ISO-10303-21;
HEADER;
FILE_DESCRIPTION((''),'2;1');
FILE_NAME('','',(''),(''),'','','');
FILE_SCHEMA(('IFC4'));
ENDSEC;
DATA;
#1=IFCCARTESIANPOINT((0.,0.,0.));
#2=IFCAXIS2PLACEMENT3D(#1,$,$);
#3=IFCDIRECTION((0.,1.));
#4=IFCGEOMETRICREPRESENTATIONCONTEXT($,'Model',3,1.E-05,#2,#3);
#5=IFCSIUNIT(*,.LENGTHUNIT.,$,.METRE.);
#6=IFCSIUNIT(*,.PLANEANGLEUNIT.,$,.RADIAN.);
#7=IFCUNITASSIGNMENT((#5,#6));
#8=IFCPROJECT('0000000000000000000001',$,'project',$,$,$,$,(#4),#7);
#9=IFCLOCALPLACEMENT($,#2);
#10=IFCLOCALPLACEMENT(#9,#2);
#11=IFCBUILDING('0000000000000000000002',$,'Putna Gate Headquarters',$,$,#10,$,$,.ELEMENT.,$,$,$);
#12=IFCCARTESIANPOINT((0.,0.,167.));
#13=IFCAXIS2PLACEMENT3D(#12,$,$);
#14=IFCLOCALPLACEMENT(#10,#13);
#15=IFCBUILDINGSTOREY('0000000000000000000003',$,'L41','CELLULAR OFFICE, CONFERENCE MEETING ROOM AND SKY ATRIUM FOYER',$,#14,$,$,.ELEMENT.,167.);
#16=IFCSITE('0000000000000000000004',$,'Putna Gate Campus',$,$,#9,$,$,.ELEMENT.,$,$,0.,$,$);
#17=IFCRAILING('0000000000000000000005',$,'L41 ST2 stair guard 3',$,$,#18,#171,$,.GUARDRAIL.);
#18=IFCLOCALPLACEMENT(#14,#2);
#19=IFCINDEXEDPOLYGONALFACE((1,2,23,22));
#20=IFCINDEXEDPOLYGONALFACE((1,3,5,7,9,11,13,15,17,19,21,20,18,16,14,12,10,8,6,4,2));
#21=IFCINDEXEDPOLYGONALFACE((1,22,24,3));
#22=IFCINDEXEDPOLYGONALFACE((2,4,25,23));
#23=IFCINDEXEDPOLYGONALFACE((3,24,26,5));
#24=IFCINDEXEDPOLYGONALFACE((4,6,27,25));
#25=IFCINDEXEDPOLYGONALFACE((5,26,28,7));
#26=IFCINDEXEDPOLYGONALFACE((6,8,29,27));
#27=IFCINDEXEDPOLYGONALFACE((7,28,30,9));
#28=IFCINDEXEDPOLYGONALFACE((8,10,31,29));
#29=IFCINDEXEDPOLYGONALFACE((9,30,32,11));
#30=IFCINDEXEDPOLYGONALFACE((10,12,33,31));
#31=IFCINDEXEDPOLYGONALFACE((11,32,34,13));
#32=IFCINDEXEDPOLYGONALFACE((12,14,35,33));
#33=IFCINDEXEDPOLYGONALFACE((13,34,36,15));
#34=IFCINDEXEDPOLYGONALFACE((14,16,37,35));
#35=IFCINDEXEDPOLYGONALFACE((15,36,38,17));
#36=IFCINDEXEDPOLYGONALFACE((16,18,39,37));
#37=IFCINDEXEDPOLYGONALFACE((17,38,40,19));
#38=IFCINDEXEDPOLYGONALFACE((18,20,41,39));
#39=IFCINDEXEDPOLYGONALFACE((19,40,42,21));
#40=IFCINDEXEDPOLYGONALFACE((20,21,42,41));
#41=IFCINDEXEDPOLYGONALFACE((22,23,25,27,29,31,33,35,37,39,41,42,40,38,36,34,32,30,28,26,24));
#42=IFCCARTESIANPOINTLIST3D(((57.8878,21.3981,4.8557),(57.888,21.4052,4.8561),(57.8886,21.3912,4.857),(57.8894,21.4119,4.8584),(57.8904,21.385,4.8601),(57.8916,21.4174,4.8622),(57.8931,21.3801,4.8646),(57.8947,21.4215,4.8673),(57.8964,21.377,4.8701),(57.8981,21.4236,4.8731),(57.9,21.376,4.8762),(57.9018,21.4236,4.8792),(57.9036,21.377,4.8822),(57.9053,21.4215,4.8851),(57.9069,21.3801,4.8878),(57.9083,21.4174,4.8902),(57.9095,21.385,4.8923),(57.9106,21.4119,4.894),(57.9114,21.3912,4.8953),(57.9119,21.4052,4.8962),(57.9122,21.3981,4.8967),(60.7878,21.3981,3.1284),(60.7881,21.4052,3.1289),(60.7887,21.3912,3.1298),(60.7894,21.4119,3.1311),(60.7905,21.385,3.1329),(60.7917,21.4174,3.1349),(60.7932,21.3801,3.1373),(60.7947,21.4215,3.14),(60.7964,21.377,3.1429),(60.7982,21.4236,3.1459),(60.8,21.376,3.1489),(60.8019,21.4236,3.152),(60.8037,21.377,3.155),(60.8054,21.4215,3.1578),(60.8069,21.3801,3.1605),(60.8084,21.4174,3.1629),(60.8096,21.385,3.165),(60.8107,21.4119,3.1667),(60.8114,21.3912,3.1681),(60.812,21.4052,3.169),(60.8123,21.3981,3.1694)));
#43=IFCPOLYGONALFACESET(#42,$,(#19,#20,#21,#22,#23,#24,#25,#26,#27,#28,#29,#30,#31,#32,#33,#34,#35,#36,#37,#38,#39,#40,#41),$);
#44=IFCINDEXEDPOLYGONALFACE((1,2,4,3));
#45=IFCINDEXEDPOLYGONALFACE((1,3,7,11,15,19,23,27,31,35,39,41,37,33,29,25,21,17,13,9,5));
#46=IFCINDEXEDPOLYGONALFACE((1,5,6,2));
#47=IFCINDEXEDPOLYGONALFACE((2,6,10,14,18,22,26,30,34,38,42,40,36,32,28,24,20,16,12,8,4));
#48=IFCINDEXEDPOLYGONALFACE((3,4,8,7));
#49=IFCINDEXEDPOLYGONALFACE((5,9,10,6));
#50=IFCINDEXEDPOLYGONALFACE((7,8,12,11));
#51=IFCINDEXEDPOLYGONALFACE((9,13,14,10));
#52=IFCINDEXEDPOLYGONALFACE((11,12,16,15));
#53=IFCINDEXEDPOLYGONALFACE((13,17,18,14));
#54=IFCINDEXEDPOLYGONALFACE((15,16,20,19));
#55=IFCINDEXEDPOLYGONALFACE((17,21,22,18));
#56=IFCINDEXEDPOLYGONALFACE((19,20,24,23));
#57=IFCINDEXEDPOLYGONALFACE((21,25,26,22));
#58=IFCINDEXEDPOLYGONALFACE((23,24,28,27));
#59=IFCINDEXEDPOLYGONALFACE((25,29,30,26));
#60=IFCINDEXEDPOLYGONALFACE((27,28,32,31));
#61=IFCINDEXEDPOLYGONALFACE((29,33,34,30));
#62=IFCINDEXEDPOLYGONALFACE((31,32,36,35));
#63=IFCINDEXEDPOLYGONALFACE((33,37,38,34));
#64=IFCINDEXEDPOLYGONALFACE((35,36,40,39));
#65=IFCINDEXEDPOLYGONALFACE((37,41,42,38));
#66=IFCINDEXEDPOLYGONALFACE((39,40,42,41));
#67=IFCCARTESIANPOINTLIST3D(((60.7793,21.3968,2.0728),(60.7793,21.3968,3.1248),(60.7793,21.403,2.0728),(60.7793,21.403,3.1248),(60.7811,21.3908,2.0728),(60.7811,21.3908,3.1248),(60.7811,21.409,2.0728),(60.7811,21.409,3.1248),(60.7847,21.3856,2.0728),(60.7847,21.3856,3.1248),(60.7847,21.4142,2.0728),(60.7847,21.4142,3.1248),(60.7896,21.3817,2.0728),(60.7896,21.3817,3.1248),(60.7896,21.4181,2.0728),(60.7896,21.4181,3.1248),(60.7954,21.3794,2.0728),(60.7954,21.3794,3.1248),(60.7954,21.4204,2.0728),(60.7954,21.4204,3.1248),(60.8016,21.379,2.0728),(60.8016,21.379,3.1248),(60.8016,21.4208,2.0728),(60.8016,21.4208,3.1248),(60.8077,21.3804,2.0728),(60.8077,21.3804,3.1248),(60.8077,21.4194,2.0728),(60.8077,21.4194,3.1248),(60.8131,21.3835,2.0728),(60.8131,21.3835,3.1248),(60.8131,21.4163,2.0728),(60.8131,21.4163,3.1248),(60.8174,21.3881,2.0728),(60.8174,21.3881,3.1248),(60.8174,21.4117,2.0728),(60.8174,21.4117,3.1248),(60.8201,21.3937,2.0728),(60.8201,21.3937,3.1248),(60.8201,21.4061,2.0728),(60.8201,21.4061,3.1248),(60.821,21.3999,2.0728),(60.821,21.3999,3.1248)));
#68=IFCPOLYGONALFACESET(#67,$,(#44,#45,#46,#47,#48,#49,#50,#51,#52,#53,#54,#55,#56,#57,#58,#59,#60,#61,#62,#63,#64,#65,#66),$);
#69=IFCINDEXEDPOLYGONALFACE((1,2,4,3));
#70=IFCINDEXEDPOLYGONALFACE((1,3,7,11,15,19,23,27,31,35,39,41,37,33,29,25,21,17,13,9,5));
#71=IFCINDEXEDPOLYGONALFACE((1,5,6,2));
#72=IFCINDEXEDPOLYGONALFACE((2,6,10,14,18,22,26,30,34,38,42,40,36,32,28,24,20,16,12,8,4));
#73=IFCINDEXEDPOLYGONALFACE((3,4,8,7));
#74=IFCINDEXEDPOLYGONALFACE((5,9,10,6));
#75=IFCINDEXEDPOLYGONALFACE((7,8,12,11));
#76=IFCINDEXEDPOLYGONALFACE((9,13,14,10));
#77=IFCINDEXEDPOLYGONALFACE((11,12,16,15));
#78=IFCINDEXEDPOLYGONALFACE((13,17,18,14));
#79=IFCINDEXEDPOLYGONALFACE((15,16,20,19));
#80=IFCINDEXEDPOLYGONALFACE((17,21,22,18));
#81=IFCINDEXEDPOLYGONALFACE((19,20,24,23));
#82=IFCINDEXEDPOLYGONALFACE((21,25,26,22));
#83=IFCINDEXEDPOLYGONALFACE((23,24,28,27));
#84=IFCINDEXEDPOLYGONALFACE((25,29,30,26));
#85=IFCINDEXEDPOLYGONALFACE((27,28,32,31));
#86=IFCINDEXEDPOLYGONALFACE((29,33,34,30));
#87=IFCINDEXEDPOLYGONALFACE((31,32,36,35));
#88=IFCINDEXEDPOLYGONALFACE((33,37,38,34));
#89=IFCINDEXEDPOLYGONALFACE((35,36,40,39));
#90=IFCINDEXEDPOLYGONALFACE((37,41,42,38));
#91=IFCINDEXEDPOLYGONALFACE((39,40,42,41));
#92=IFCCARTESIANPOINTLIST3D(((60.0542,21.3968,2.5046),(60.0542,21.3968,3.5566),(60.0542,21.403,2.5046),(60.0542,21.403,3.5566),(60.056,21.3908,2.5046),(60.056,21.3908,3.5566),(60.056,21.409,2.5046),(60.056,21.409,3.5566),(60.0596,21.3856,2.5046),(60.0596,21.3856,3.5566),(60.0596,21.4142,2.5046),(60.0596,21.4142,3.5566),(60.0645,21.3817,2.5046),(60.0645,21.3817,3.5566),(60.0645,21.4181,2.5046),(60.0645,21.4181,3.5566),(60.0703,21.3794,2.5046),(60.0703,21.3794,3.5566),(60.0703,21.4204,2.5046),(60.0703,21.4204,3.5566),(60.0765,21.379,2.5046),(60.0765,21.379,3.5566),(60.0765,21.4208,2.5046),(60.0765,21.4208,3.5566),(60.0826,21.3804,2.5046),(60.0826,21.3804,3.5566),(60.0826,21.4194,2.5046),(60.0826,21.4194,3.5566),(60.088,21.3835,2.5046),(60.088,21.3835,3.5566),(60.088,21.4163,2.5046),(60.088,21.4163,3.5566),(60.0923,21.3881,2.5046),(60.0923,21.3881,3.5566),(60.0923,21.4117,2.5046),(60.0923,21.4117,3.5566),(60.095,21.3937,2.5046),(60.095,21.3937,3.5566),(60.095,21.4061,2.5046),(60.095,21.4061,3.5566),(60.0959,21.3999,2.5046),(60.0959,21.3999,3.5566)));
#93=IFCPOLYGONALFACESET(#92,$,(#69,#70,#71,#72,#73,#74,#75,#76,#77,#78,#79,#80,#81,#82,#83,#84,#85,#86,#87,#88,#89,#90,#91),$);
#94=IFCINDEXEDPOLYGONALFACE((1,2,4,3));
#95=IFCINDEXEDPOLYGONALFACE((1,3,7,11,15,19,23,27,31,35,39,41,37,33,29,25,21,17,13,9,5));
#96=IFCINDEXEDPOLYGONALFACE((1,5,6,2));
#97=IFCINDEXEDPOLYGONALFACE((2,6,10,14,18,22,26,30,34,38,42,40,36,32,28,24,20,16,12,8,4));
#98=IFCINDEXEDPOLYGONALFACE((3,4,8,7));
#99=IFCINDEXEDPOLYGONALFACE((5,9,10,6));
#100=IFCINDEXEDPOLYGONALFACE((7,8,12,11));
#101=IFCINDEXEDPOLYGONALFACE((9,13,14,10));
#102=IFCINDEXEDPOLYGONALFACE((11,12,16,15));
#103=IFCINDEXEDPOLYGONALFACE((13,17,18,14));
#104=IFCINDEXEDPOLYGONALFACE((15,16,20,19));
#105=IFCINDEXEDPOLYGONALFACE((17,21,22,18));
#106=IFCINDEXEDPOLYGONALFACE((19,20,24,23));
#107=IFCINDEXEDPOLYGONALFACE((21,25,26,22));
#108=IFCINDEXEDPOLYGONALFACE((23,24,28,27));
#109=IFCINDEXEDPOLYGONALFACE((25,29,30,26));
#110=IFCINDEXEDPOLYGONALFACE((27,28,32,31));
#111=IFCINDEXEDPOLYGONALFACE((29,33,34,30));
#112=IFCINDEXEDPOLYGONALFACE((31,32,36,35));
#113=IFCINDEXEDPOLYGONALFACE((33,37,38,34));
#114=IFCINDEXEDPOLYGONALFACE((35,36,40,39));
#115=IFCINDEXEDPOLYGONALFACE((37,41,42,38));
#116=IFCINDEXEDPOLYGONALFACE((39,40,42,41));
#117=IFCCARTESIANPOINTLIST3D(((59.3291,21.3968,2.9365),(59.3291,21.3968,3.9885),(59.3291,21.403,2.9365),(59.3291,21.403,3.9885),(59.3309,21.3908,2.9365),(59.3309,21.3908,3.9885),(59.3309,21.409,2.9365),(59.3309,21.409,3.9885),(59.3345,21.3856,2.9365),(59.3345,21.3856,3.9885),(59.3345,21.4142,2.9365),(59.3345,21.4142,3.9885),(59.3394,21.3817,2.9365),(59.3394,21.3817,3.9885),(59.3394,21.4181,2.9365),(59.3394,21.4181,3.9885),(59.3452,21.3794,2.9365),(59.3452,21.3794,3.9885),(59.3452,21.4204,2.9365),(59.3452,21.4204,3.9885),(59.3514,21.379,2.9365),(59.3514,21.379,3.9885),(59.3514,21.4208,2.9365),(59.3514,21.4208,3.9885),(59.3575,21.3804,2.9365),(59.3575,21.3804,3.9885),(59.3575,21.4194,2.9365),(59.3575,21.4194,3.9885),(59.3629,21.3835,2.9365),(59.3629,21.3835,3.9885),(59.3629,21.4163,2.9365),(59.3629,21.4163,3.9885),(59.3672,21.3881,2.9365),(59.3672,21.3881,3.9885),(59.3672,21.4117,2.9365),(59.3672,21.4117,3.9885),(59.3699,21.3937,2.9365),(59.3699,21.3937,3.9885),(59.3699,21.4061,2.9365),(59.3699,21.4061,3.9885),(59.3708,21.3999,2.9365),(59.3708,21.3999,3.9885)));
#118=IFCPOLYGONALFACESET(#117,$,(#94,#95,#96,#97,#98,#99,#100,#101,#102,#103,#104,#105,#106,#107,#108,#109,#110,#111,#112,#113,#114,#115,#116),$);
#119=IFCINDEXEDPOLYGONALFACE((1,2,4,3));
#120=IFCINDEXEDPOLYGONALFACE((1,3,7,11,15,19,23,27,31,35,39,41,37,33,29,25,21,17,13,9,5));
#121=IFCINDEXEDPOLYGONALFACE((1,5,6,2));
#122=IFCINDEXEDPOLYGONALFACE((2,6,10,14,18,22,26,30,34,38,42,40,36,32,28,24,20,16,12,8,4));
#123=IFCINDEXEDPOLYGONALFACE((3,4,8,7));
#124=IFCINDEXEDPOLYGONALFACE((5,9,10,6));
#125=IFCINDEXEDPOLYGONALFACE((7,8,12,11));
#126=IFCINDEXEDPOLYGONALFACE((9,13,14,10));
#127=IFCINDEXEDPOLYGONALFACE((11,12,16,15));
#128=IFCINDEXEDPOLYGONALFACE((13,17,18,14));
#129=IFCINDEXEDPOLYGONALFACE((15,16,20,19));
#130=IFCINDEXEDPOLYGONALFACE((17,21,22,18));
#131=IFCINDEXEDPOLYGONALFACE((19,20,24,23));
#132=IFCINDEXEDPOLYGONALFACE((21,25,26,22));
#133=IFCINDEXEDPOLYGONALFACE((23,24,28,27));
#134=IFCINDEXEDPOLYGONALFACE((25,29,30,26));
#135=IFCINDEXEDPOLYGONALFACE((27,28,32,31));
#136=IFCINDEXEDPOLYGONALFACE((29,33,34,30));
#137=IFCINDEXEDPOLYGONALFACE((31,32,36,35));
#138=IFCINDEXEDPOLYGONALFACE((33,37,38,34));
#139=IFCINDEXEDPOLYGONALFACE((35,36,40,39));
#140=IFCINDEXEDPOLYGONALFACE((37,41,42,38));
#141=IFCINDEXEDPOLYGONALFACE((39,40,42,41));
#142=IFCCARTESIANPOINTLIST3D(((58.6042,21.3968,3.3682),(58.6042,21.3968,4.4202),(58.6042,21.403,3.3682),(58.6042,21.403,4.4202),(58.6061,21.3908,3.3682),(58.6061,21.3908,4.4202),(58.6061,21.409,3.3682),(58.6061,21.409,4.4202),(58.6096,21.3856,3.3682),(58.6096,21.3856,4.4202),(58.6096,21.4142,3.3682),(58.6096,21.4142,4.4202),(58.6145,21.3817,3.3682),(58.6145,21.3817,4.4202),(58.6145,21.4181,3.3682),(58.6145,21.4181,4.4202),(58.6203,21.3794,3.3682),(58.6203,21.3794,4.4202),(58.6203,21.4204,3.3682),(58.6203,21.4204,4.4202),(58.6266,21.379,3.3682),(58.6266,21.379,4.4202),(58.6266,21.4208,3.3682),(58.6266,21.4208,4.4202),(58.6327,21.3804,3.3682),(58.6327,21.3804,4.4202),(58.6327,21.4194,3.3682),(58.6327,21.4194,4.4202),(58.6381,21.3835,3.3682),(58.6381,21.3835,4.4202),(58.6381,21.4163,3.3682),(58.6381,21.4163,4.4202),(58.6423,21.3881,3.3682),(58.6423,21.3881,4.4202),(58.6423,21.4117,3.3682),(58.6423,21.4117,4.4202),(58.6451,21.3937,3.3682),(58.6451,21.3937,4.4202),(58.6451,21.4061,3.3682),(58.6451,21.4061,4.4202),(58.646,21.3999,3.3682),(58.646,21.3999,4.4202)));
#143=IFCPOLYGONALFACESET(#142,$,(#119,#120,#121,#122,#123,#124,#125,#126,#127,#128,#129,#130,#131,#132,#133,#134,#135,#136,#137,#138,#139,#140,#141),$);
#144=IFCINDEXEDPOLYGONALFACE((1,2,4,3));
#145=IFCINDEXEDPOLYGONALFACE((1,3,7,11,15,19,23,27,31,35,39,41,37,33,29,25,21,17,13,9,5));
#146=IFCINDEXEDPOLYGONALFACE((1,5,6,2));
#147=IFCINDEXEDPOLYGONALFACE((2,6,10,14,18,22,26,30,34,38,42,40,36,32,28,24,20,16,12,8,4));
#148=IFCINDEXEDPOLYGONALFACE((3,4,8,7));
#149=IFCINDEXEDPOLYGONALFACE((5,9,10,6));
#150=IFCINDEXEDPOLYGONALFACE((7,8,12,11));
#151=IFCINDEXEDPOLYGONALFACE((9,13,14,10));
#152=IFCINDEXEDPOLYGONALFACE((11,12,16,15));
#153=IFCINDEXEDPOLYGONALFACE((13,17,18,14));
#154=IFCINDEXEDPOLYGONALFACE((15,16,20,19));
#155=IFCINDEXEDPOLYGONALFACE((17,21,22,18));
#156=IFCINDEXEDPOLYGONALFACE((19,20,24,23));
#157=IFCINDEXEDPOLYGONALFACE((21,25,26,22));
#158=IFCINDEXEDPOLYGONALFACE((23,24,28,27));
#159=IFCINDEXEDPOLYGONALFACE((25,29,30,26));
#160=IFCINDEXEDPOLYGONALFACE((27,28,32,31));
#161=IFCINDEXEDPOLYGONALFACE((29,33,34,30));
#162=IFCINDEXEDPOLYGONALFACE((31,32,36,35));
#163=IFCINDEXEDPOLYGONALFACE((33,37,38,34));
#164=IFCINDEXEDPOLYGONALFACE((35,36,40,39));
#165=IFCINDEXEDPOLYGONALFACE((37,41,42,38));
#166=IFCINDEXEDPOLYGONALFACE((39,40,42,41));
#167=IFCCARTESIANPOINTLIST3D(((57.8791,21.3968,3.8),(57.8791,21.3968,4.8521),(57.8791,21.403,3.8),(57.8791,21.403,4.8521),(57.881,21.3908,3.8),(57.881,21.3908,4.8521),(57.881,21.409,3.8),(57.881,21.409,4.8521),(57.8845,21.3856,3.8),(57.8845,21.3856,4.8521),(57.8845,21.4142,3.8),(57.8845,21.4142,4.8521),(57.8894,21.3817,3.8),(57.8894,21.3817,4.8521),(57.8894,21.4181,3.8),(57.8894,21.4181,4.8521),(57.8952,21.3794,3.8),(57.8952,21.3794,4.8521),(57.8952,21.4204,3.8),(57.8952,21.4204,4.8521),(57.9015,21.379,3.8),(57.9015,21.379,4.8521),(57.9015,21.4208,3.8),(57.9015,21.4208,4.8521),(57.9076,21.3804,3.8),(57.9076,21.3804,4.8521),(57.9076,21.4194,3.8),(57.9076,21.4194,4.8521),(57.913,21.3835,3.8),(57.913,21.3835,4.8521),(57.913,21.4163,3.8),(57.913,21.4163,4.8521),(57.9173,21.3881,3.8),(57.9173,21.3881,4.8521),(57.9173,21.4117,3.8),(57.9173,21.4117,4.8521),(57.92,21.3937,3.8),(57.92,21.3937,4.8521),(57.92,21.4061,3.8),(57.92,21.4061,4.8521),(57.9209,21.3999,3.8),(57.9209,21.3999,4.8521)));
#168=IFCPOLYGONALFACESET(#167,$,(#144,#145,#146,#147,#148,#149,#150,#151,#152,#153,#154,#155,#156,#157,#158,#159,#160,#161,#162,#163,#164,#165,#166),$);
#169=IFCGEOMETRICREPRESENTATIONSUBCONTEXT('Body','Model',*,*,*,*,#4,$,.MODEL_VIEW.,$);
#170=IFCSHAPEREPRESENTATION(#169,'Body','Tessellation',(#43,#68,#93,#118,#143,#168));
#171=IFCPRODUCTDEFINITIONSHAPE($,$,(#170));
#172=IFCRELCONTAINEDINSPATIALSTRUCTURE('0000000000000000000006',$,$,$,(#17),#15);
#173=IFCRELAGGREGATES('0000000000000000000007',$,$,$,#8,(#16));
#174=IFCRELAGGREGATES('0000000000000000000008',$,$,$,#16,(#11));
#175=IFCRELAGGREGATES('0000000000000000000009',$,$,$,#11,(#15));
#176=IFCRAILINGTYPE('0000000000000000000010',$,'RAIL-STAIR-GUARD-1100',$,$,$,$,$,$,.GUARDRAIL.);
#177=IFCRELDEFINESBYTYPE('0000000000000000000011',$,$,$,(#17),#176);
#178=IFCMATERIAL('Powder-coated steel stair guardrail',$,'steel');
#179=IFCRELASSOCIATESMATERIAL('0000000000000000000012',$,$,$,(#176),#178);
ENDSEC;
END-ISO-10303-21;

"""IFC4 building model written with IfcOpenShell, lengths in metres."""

from ifc_helpers import new_model, si_unit, direction, frame, origin, origin_2d, place, context, subcontext, project, spatial, circle, extrude, material, type_object, element, save


model = new_model("IFC4")

# Units and contexts
model_context = context("Model", 3, precision=1e-05, world=origin(), true_north=direction((0.0, 1.0)))
body_context = subcontext(model_context, "Body", "Model", "MODEL_VIEW")
ifc_project = project(units=[si_unit("LENGTHUNIT", "METRE"), si_unit("PLANEANGLEUNIT", "RADIAN")], contexts=[model_context])

# Site, building, storey
site_placement = place(None, origin())
site = spatial("IfcSite", under=ifc_project, at=site_placement, Name="Putna Gate Campus", CompositionType="ELEMENT", RefElevation=0.0)
building_placement = place(site_placement, origin())
building = spatial("IfcBuilding", under=site, at=building_placement, Name="Putna Gate Headquarters", CompositionType="ELEMENT")
storey_placement = place(building_placement, frame((0.0, 0.0, 167.0)))
storey = spatial("IfcBuildingStorey", under=building, at=storey_placement, Name="L41", Description="CELLULAR OFFICE, CONFERENCE MEETING ROOM AND SKY ATRIUM FOYER", CompositionType="ELEMENT", Elevation=167.0)

# Railing
ifc_material_1 = material(Name="Powder-coated steel stair guardrail", Category="steel")
railing_type_1 = type_object("IfcRailingType", Name="RAIL-STAIR-GUARD-1100", PredefinedType="GUARDRAIL", material=ifc_material_1)
railing_1_placement = place(storey_placement, frame((60.8, 21.3999, 2.0728)))
element("IfcRailing", 1, at=railing_1_placement, inside=storey, type_object=railing_type_1, Name="L41 ST2 stair guard 3", PredefinedType="GUARDRAIL", context=body_context, shape_type="SweptSolid", body=[
    extrude(circle(Radius=0.0239, at=origin_2d()), frame((0.0, 0.0, 1.0762), z_axis=(-0.85916, 0.0, 0.511706), x_axis=(0.0, -1.0, 0.0)), (0.0, 0.0, 1.0), 3.3755),
    extrude(circle(Radius=0.021, at=origin_2d()), origin(), (0.0, 0.0, 1.0), 1.052),
    extrude(circle(Radius=0.021, at=origin_2d()), frame((-0.7251, 0.0, 0.4319)), (0.0, 0.0, 1.0), 1.052),
    extrude(circle(Radius=0.021, at=origin_2d()), frame((-1.4502, 0.0, 0.8638)), (0.0, 0.0, 1.0), 1.052),
    extrude(circle(Radius=0.021, at=origin_2d()), frame((-2.175, 0.0, 1.2954)), (0.0, 0.0, 1.0), 1.052),
    extrude(circle(Radius=0.021, at=origin_2d()), frame((-2.9001, 0.0, 1.7273)), (0.0, 0.0, 1.0), 1.052),
])

save(model, "model.ifc")
